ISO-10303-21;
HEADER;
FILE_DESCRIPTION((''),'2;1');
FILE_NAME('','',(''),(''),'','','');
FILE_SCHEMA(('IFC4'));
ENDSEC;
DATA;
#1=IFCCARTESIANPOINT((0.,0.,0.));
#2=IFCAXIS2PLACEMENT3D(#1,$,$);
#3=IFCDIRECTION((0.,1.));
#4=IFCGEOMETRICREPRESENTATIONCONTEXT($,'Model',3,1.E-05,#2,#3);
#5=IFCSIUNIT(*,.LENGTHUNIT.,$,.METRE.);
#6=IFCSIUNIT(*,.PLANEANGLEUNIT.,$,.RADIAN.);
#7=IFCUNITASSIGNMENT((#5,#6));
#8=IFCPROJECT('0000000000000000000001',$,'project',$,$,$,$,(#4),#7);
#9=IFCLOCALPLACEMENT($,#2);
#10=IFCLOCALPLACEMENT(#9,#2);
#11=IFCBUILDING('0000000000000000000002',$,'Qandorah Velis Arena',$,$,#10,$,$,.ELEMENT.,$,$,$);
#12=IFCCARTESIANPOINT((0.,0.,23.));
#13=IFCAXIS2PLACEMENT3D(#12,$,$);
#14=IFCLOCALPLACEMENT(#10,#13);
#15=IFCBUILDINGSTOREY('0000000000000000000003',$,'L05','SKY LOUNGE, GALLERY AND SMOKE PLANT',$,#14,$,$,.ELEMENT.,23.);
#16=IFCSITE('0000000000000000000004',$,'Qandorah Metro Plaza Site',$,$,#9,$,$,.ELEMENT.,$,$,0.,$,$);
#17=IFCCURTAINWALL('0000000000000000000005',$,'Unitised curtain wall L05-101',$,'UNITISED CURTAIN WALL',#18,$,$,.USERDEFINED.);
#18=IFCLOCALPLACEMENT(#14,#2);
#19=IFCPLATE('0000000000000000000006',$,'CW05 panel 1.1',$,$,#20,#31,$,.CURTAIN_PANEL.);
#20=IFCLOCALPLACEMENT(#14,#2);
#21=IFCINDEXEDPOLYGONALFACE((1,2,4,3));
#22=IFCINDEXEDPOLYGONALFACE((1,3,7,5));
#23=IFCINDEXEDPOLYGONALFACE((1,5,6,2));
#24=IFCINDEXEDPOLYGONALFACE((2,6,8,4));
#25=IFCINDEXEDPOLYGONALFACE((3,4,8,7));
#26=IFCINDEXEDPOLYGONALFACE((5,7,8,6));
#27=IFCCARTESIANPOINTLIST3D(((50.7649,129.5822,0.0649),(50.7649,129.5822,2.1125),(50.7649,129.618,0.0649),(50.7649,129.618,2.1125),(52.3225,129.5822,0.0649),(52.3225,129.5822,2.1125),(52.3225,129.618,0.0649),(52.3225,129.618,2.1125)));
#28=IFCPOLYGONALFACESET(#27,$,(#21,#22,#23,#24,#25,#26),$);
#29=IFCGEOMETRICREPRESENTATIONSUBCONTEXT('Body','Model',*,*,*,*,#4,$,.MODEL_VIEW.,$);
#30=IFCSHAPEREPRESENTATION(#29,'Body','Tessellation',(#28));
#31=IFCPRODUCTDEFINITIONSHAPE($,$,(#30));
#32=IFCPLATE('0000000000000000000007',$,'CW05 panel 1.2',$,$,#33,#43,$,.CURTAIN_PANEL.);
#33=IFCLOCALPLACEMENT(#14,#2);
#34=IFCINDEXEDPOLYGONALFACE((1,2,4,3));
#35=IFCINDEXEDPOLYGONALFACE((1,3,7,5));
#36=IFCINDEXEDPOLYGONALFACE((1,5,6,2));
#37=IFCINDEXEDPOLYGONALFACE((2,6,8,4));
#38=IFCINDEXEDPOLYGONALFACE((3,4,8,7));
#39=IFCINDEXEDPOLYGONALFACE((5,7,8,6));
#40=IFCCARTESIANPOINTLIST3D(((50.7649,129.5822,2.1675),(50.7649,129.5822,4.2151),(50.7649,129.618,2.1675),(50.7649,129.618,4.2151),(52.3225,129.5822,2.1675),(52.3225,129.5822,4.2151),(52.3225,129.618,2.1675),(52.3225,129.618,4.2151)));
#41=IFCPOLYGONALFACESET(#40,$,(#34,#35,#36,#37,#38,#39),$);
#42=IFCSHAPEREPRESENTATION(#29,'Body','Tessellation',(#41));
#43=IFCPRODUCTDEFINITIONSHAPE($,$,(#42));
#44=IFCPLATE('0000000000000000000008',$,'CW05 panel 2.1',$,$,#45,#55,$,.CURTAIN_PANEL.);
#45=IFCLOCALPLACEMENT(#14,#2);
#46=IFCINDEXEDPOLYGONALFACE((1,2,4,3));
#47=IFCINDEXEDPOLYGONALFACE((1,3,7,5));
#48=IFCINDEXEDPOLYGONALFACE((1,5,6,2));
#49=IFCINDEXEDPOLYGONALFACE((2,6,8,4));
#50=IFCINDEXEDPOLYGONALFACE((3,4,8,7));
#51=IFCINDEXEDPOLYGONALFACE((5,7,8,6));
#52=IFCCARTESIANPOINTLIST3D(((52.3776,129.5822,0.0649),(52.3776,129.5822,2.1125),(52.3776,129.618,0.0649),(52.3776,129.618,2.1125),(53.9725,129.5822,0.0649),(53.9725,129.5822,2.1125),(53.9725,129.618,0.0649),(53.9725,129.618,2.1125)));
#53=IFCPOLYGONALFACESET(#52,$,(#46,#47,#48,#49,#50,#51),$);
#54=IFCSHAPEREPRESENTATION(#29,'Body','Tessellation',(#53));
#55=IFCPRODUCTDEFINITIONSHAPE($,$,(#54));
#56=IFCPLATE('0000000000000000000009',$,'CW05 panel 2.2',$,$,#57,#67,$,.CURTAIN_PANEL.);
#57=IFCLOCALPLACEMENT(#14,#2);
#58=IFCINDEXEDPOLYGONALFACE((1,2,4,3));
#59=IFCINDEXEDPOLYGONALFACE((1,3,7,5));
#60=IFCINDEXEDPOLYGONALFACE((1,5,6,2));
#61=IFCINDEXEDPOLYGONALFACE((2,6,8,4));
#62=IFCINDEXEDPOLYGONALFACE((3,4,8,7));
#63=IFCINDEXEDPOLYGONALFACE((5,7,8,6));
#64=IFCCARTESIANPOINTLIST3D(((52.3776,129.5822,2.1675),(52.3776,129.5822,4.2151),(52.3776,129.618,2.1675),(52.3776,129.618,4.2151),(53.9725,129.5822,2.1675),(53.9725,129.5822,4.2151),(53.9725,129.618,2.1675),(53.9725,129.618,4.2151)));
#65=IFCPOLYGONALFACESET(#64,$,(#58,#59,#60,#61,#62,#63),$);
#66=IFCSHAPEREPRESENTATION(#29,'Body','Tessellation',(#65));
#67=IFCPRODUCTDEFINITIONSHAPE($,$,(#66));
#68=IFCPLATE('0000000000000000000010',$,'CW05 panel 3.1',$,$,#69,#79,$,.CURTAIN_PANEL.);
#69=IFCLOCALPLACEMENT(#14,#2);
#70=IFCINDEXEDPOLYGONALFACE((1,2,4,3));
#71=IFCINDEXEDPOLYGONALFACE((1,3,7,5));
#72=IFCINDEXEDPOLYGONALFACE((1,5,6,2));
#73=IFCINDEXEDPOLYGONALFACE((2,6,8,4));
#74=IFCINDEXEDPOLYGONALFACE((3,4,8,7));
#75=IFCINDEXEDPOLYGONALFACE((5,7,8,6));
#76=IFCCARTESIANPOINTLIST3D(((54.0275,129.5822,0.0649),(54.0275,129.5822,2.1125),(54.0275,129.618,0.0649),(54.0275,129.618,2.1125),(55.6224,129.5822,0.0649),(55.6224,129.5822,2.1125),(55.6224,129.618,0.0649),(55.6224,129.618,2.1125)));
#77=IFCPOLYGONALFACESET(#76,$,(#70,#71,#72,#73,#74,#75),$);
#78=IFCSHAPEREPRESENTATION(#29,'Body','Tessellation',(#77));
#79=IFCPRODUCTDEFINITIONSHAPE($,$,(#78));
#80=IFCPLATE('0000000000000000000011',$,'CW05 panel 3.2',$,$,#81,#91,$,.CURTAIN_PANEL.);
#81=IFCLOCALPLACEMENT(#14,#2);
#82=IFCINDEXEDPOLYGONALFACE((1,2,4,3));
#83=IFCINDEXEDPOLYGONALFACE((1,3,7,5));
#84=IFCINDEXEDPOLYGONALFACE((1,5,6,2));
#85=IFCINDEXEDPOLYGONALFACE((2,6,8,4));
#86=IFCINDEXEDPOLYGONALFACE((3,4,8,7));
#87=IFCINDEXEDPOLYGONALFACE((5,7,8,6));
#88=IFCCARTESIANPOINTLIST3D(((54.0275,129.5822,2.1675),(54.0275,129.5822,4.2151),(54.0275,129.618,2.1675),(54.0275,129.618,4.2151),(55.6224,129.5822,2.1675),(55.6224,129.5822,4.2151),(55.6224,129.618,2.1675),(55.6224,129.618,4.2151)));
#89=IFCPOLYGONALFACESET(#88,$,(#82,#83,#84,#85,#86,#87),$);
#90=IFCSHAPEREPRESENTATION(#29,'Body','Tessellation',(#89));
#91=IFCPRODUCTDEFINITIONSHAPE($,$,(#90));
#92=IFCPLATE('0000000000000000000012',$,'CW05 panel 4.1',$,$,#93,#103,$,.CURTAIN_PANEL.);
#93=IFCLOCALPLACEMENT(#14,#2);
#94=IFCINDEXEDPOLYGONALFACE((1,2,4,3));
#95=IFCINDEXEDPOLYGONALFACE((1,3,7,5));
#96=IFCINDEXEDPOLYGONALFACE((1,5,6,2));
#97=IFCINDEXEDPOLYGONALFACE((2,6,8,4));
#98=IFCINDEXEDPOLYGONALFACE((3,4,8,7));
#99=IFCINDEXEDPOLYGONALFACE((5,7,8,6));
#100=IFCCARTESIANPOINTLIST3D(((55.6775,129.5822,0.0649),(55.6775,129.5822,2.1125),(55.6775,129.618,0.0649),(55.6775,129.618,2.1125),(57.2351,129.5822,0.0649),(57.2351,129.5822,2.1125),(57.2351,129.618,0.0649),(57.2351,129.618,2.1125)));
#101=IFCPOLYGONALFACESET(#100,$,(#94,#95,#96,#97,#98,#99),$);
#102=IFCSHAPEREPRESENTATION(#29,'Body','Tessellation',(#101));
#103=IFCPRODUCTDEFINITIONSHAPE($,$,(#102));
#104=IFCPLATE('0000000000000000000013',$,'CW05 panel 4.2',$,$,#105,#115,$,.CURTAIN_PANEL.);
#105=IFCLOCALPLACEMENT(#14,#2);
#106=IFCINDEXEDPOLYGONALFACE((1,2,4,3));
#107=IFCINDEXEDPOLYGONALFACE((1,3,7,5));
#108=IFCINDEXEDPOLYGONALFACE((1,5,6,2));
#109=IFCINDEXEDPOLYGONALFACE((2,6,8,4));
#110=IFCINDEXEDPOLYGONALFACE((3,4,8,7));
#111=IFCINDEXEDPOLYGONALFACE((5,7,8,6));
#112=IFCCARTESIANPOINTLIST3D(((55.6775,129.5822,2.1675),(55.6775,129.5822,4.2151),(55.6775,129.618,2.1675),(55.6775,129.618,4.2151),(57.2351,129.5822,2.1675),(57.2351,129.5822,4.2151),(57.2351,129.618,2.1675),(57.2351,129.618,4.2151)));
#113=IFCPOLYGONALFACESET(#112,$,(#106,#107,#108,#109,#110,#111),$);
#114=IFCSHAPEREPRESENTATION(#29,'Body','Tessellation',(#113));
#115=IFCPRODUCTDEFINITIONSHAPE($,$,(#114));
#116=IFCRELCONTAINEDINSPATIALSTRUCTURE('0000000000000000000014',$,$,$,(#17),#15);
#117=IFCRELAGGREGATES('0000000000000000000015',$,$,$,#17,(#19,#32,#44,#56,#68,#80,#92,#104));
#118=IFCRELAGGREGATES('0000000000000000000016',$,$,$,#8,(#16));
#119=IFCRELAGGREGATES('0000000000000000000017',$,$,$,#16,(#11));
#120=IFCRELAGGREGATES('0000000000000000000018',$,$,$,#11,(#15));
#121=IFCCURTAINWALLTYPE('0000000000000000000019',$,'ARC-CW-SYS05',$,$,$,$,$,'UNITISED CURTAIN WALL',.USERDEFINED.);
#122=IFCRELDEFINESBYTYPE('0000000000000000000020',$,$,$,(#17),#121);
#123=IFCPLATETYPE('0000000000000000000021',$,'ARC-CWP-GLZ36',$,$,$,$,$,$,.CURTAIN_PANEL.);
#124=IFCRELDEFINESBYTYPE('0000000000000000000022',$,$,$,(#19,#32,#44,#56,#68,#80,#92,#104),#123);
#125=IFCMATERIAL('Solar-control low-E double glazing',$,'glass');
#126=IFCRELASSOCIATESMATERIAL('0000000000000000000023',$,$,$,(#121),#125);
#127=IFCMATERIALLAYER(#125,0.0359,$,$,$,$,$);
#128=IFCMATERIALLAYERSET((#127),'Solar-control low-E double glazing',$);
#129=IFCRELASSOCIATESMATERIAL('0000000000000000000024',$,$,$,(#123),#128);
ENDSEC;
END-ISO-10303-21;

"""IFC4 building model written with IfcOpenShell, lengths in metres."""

from ifc_helpers import new_model, si_unit, direction, frame, origin, origin_2d, place, context, subcontext, project, spatial, rectangle, extrude, material, layer, layer_set, type_object, element, aggregate, save


model = new_model("IFC4")

# Units and contexts
model_context = context("Model", 3, precision=1e-05, world=origin(), true_north=direction((0.0, 1.0)))
body_context = subcontext(model_context, "Body", "Model", "MODEL_VIEW")
ifc_project = project(units=[si_unit("LENGTHUNIT", "METRE"), si_unit("PLANEANGLEUNIT", "RADIAN")], contexts=[model_context])

# Site, building, storey
site_placement = place(None, origin())
site = spatial("IfcSite", under=ifc_project, at=site_placement, Name="Qandorah Metro Plaza Site", CompositionType="ELEMENT", RefElevation=0.0)
building_placement = place(site_placement, origin())
building = spatial("IfcBuilding", under=site, at=building_placement, Name="Qandorah Velis Arena", CompositionType="ELEMENT")
storey_placement = place(building_placement, frame((0.0, 0.0, 23.0)))
storey = spatial("IfcBuildingStorey", under=building, at=storey_placement, Name="L05", Description="SKY LOUNGE, GALLERY AND SMOKE PLANT", CompositionType="ELEMENT", Elevation=23.0)

# Shared definitions
ifc_material_1 = material(Name="Solar-control low-E double glazing", Category="glass")

# Curtain wall
curtain_wall_type_1 = type_object("IfcCurtainWallType", Name="ARC-CW-SYS05", ElementType="UNITISED CURTAIN WALL", PredefinedType="USERDEFINED", material=ifc_material_1)
curtain_wall_1_placement = place(storey_placement, origin())
curtain_wall_1 = element("IfcCurtainWall", 1, at=curtain_wall_1_placement, inside=storey, type_object=curtain_wall_type_1, Name="Unitised curtain wall L05-101", ObjectType="UNITISED CURTAIN WALL", PredefinedType="USERDEFINED")

# Plates
ifc_layer = layer(ifc_material_1, 0.0359)
ifc_layer_set = layer_set([ifc_layer], Name="Solar-control low-E double glazing")
plate_type = type_object("IfcPlateType", Name="ARC-CWP-GLZ36", PredefinedType="CURTAIN_PANEL", material=ifc_layer_set)
plate_1_placement = place(storey_placement, frame((51.5437, 129.6001, 0.0649), z_axis=(0.0, 0.0, 1.0), x_axis=(1.0, 0.0, 0.0)))
plate_1 = element("IfcPlate", 2, at=plate_1_placement, type_object=plate_type, Name="CW05 panel 1.1", PredefinedType="CURTAIN_PANEL", context=body_context, shape_type="SweptSolid", body=[
    extrude(rectangle(XDim=1.5576, YDim=0.0359, at=origin_2d()), origin(), (0.0, 0.0, 1.0), 2.0476),
])
plate_2_placement = place(storey_placement, frame((51.5437, 129.6001, 2.1675), z_axis=(0.0, 0.0, 1.0), x_axis=(1.0, 0.0, 0.0)))
plate_2 = element("IfcPlate", 3, at=plate_2_placement, type_object=plate_type, Name="CW05 panel 1.2", PredefinedType="CURTAIN_PANEL", context=body_context, shape_type="SweptSolid", body=[
    extrude(rectangle(XDim=1.5576, YDim=0.0359, at=origin_2d()), origin(), (0.0, 0.0, 1.0), 2.0476),
])
plate_3_placement = place(storey_placement, frame((53.175, 129.6001, 0.0649), z_axis=(0.0, 0.0, 1.0), x_axis=(1.0, 0.0, 0.0)))
plate_3 = element("IfcPlate", 4, at=plate_3_placement, type_object=plate_type, Name="CW05 panel 2.1", PredefinedType="CURTAIN_PANEL", context=body_context, shape_type="SweptSolid", body=[
    extrude(rectangle(XDim=1.595, YDim=0.0359, at=origin_2d()), origin(), (0.0, 0.0, 1.0), 2.0476),
])
plate_4_placement = place(storey_placement, frame((53.175, 129.6001, 2.1675), z_axis=(0.0, 0.0, 1.0), x_axis=(1.0, 0.0, 0.0)))
plate_4 = element("IfcPlate", 5, at=plate_4_placement, type_object=plate_type, Name="CW05 panel 2.2", PredefinedType="CURTAIN_PANEL", context=body_context, shape_type="SweptSolid", body=[
    extrude(rectangle(XDim=1.595, YDim=0.0359, at=origin_2d()), origin(), (0.0, 0.0, 1.0), 2.0476),
])
plate_5_placement = place(storey_placement, frame((54.825, 129.6001, 0.0649), z_axis=(0.0, 0.0, 1.0), x_axis=(1.0, 0.0, 0.0)))
plate_5 = element("IfcPlate", 6, at=plate_5_placement, type_object=plate_type, Name="CW05 panel 3.1", PredefinedType="CURTAIN_PANEL", context=body_context, shape_type="SweptSolid", body=[
    extrude(rectangle(XDim=1.595, YDim=0.0359, at=origin_2d()), origin(), (0.0, 0.0, 1.0), 2.0476),
])
plate_6_placement = place(storey_placement, frame((54.825, 129.6001, 2.1675), z_axis=(0.0, 0.0, 1.0), x_axis=(1.0, 0.0, 0.0)))
plate_6 = element("IfcPlate", 7, at=plate_6_placement, type_object=plate_type, Name="CW05 panel 3.2", PredefinedType="CURTAIN_PANEL", context=body_context, shape_type="SweptSolid", body=[
    extrude(rectangle(XDim=1.595, YDim=0.0359, at=origin_2d()), origin(), (0.0, 0.0, 1.0), 2.0476),
])
plate_7_placement = place(storey_placement, frame((56.4563, 129.6001, 0.0649), z_axis=(0.0, 0.0, 1.0), x_axis=(1.0, 0.0, 0.0)))
plate_7 = element("IfcPlate", 8, at=plate_7_placement, type_object=plate_type, Name="CW05 panel 4.1", PredefinedType="CURTAIN_PANEL", context=body_context, shape_type="SweptSolid", body=[
    extrude(rectangle(XDim=1.5576, YDim=0.0359, at=origin_2d()), origin(), (0.0, 0.0, 1.0), 2.0476),
])
plate_8_placement = place(storey_placement, frame((56.4563, 129.6001, 2.1675), z_axis=(0.0, 0.0, 1.0), x_axis=(1.0, 0.0, 0.0)))
plate_8 = element("IfcPlate", 9, at=plate_8_placement, type_object=plate_type, Name="CW05 panel 4.2", PredefinedType="CURTAIN_PANEL", context=body_context, shape_type="SweptSolid", body=[
    extrude(rectangle(XDim=1.5576, YDim=0.0359, at=origin_2d()), origin(), (0.0, 0.0, 1.0), 2.0476),
])
aggregate(curtain_wall_1, [plate_1, plate_2, plate_3, plate_4, plate_5, plate_6, plate_7, plate_8])

save(model, "model.ifc")
